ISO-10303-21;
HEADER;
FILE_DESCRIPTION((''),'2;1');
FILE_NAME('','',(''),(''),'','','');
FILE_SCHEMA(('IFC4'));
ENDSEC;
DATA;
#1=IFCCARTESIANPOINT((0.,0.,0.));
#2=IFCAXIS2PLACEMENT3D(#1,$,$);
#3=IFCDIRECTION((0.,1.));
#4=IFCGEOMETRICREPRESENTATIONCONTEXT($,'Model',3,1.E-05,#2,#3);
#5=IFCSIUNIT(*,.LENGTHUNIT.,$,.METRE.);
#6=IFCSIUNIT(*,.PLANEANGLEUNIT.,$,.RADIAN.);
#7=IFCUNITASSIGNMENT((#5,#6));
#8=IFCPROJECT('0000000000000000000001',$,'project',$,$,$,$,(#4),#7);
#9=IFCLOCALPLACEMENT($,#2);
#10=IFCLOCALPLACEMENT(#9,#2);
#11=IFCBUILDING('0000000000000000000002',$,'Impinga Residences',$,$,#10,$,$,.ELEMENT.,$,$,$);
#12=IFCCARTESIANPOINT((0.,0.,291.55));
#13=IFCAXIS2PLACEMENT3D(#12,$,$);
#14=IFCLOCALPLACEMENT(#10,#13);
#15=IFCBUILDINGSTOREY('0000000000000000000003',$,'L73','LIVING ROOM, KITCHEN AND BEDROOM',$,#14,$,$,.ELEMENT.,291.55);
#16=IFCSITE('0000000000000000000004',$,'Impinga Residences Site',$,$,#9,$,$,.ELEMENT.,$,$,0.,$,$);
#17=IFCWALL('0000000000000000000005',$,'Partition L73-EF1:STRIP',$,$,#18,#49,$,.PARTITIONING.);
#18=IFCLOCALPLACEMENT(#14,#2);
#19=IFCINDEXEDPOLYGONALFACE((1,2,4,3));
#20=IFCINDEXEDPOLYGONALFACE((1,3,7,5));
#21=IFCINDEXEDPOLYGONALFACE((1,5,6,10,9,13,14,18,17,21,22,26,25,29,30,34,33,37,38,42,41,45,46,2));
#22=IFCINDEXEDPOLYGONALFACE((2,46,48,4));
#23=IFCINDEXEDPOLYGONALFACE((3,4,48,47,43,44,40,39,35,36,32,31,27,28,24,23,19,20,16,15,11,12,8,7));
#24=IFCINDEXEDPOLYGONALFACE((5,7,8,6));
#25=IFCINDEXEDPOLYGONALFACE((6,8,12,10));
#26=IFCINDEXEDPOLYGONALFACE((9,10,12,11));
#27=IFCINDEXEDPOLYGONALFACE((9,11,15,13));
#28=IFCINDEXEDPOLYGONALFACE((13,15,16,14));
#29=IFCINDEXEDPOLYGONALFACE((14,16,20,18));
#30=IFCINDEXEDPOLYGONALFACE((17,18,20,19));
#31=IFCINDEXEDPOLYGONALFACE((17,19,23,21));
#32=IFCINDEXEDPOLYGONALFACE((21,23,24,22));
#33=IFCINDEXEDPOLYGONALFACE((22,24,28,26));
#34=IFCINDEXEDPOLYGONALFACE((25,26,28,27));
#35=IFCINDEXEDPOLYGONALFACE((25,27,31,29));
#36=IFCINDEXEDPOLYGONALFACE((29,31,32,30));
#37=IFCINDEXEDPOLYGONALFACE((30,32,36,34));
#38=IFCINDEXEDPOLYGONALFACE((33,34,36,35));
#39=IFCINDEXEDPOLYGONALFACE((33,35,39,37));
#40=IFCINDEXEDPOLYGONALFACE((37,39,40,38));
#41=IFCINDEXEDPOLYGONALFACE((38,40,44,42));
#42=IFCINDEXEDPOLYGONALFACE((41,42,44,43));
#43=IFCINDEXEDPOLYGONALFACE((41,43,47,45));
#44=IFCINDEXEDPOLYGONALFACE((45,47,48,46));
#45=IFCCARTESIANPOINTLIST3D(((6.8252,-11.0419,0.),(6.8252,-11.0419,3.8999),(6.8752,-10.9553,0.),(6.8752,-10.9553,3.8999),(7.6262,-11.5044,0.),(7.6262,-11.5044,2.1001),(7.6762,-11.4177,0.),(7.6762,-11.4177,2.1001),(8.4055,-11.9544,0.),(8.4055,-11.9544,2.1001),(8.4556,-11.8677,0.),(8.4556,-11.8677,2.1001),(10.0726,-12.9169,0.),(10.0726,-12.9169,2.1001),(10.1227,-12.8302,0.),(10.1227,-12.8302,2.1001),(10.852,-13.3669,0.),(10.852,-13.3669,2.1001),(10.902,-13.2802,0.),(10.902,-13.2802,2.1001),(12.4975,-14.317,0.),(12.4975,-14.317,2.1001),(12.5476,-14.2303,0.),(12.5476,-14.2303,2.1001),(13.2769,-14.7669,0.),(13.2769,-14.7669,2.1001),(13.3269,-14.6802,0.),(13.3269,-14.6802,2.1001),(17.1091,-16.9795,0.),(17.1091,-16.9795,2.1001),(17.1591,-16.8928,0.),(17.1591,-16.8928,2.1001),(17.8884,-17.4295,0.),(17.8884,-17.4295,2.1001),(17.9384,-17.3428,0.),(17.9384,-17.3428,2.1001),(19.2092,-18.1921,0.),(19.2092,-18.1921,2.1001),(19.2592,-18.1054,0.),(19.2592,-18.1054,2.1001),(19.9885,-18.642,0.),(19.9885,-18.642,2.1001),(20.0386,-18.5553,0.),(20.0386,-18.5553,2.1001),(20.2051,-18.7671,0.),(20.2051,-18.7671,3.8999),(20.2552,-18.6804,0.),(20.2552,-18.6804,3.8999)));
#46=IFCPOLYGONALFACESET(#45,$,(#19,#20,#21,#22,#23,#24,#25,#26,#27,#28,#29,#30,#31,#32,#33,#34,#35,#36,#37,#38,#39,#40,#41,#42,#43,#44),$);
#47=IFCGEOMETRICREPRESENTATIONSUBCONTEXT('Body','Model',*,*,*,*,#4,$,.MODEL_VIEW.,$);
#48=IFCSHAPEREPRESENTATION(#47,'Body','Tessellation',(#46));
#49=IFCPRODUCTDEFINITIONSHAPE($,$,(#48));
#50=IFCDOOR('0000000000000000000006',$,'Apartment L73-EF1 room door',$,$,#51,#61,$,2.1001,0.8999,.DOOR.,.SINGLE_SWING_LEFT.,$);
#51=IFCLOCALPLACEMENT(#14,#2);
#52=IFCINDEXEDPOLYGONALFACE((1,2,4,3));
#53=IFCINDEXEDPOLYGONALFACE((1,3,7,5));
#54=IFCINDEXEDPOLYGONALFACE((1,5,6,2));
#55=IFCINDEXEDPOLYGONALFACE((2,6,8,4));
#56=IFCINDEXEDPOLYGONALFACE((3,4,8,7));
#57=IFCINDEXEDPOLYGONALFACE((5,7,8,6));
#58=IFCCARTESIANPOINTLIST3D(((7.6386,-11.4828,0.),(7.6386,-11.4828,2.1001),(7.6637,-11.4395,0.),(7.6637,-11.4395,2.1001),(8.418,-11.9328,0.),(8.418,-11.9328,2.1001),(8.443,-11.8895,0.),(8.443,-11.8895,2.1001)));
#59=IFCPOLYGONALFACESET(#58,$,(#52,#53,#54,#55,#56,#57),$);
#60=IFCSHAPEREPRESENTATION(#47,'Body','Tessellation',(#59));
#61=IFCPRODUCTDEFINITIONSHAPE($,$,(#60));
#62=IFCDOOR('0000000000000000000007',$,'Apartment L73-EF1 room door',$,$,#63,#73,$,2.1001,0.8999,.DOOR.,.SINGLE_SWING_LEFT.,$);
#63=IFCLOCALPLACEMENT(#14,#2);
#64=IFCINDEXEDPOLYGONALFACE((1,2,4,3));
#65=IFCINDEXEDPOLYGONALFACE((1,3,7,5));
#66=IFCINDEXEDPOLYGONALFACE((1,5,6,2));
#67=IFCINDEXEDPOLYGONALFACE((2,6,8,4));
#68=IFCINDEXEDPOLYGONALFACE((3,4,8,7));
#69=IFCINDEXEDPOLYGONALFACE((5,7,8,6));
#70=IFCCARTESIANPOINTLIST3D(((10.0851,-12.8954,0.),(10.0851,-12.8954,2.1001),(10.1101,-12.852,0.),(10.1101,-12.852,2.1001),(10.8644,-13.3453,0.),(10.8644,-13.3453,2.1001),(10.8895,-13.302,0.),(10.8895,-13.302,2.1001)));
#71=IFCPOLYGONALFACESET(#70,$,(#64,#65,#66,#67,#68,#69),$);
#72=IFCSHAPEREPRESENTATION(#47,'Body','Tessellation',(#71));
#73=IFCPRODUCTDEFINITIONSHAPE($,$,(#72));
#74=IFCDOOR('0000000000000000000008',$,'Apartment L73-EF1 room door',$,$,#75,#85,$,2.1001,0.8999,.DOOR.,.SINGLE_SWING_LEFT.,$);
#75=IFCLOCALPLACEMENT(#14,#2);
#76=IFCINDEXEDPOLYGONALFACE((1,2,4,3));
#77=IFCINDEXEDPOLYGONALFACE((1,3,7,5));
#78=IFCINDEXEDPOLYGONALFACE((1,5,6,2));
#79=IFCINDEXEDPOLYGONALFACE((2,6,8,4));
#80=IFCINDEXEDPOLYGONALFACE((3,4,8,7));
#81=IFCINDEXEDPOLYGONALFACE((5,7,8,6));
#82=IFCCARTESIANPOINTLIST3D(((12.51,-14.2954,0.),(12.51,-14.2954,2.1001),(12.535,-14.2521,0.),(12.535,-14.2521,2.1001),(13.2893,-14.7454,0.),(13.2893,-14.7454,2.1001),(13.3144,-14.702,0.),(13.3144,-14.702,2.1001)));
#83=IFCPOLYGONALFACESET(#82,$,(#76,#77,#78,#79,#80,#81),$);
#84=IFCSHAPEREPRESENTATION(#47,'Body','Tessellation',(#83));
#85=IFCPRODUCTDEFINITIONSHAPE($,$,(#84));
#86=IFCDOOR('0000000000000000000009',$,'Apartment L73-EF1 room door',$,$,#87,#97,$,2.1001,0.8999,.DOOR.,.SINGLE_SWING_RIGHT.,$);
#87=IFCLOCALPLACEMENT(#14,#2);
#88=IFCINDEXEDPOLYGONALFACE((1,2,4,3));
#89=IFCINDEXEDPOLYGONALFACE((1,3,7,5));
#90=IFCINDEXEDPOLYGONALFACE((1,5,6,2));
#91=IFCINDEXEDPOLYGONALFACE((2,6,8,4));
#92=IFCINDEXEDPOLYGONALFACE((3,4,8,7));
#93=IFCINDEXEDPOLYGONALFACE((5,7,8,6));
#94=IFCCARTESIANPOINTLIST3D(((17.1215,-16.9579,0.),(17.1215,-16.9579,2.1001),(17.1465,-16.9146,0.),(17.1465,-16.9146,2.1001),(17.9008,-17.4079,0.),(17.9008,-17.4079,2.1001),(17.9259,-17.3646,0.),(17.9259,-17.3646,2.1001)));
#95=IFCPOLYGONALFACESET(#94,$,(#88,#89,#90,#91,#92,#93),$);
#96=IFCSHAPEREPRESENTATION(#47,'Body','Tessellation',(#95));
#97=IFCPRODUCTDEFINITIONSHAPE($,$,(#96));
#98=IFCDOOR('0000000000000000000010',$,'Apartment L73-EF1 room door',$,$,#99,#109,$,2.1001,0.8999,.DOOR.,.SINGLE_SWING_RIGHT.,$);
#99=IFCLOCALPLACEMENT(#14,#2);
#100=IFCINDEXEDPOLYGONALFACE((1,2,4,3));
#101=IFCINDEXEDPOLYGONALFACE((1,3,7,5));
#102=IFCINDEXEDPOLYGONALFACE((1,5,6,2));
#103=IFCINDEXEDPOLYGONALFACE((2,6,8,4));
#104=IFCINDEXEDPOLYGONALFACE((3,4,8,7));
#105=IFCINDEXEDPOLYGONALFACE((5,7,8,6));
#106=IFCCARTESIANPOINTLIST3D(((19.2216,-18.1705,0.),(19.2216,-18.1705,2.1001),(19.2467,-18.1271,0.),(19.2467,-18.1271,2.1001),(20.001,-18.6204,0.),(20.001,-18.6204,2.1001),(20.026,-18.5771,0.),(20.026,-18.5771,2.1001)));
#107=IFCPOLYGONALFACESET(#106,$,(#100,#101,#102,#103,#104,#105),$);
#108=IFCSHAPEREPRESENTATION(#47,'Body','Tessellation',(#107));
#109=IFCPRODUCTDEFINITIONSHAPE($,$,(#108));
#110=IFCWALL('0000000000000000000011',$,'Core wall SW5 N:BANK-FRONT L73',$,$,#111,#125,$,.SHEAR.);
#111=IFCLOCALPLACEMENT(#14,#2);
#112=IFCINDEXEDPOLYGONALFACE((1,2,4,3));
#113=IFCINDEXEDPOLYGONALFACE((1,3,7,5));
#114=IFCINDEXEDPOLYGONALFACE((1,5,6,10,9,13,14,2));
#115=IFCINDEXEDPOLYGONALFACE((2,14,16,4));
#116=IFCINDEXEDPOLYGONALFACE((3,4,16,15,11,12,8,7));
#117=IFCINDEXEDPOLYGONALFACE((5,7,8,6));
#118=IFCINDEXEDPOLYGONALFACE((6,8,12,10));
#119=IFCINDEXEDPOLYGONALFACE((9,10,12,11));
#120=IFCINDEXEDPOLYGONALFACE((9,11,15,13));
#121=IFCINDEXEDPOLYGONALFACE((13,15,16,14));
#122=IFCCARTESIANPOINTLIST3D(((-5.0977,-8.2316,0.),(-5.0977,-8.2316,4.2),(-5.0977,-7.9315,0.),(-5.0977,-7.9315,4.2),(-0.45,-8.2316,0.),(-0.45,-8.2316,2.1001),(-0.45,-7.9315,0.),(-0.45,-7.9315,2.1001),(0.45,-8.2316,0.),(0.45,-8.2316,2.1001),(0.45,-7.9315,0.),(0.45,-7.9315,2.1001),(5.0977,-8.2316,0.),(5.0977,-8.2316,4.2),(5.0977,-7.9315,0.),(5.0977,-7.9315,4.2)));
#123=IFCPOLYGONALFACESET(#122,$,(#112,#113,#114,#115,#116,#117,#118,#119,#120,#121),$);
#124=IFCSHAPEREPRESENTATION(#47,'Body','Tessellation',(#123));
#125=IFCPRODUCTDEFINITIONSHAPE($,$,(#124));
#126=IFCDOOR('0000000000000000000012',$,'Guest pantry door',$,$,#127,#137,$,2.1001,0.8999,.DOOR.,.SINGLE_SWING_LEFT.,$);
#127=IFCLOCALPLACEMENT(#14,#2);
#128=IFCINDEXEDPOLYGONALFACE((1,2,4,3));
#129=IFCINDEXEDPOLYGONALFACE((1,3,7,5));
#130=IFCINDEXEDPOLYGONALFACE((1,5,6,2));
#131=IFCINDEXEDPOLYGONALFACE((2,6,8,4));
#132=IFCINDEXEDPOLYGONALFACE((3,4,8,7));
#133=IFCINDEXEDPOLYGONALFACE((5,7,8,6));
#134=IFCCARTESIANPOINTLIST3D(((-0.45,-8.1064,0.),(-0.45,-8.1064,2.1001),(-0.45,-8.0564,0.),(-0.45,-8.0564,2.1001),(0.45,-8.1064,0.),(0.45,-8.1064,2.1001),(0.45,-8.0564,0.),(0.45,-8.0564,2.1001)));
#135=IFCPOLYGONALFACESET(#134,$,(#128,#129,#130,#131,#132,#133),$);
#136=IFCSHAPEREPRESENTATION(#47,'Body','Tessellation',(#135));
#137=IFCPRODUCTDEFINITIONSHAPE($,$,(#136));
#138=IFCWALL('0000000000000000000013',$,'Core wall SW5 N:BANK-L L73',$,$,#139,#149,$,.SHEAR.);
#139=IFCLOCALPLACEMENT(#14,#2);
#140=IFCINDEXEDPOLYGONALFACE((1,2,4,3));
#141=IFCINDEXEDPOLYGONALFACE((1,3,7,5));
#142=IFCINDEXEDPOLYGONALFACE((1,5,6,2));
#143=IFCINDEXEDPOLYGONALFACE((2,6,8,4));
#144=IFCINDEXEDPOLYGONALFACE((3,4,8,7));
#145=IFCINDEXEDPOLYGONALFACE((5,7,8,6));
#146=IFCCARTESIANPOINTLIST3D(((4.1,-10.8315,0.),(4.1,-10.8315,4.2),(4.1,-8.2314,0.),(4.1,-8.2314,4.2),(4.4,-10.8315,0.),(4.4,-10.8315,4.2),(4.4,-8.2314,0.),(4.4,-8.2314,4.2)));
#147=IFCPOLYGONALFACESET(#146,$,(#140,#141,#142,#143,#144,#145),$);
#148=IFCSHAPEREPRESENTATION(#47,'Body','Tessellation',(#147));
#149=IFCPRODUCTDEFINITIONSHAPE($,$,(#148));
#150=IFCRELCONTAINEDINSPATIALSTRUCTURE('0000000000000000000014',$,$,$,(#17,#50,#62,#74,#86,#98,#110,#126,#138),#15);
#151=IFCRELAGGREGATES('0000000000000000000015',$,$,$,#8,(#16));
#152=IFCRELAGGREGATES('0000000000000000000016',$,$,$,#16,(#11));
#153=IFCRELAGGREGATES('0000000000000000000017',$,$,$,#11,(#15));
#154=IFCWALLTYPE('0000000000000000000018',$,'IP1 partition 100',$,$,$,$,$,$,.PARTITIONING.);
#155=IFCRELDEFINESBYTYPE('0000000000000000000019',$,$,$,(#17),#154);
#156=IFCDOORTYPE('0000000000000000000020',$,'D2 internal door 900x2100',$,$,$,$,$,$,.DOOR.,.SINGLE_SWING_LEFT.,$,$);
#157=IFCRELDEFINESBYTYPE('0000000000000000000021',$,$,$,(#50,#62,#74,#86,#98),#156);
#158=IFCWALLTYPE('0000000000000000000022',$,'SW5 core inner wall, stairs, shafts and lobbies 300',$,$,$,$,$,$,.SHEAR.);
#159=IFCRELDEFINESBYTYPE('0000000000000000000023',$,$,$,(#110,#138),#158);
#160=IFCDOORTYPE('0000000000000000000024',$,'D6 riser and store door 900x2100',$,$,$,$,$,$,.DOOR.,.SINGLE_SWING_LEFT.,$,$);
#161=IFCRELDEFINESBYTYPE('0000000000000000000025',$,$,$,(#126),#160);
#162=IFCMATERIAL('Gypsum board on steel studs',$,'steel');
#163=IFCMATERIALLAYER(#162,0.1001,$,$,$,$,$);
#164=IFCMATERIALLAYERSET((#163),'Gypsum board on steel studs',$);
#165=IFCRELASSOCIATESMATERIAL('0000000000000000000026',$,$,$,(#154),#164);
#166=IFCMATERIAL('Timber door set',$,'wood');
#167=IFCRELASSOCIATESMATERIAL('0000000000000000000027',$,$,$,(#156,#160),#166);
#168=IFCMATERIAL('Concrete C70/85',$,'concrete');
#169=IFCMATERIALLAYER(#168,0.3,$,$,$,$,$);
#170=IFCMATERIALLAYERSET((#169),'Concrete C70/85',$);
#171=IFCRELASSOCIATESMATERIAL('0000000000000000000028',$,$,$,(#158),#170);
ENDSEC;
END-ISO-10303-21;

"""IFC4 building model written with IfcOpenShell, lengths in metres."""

from ifc_helpers import new_model, si_unit, direction, frame, frame_2d, origin, place, context, subcontext, project, spatial, rectangle, extrude, material, layer, layer_set, type_object, element, fill, save


model = new_model("IFC4")

# Units and contexts
model_context = context("Model", 3, precision=1e-05, world=origin(), true_north=direction((0.0, 1.0)))
body_context = subcontext(model_context, "Body", "Model", "MODEL_VIEW")
ifc_project = project(units=[si_unit("LENGTHUNIT", "METRE"), si_unit("PLANEANGLEUNIT", "RADIAN")], contexts=[model_context])

# Site, building, storey
site_placement = place(None, origin())
site = spatial("IfcSite", under=ifc_project, at=site_placement, Name="Impinga Residences Site", CompositionType="ELEMENT", RefElevation=0.0)
building_placement = place(site_placement, origin())
building = spatial("IfcBuilding", under=site, at=building_placement, Name="Impinga Residences", CompositionType="ELEMENT")
storey_placement = place(building_placement, frame((0.0, 0.0, 291.55)))
storey = spatial("IfcBuildingStorey", under=building, at=storey_placement, Name="L73", Description="LIVING ROOM, KITCHEN AND BEDROOM", CompositionType="ELEMENT", Elevation=291.55)

# Shared definitions
ifc_material_1 = material(Name="Gypsum board on steel studs", Category="steel")
ifc_layer_1 = layer(ifc_material_1, 0.1001)
ifc_layer_set_1 = layer_set([ifc_layer_1], Name="Gypsum board on steel studs")
wall_type_1 = type_object("IfcWallType", Name="IP1 partition 100", PredefinedType="PARTITIONING", material=ifc_layer_set_1)

# Wall, openings, doors
wall_1_placement = place(storey_placement, frame((6.8501, -10.9985, 0.0), z_axis=(0.0, 0.0, 1.0), x_axis=(0.866019, -0.500011, 0.0)))
wall_1 = element("IfcWall", 1, at=wall_1_placement, inside=storey, type_object=wall_type_1, Name="Partition L73-EF1:STRIP", PredefinedType="PARTITIONING", context=body_context, shape_type="SweptSolid", body=[
    extrude(rectangle(XDim=15.45, YDim=0.1001, at=frame_2d((7.7251, 0.0))), origin(), (0.0, 0.0, 1.0), 3.8999),
])
opening_1_placement = place(wall_1_placement, frame((0.925, 0.0, 0.0)))
opening_1 = element("IfcOpeningElement", 2, at=opening_1_placement, cuts=wall_1, PredefinedType="OPENING", context=body_context, shape_type="SweptSolid", body=[
    extrude(rectangle(XDim=0.8999, YDim=2.1001, at=frame_2d((0.45, 1.05))), frame((0.0, 0.0601, 0.0), z_axis=(0.0, -1.0, 0.0), x_axis=(1.0, 0.0, 0.0)), (0.0, 0.0, 1.0), 0.1201),
])
opening_2_placement = place(wall_1_placement, frame((3.75, 0.0, 0.0)))
opening_2 = element("IfcOpeningElement", 3, at=opening_2_placement, cuts=wall_1, PredefinedType="OPENING", context=body_context, shape_type="SweptSolid", body=[
    extrude(rectangle(XDim=0.8999, YDim=2.1001, at=frame_2d((0.45, 1.05))), frame((0.0, 0.0601, 0.0), z_axis=(0.0, -1.0, 0.0), x_axis=(1.0, 0.0, 0.0)), (0.0, 0.0, 1.0), 0.1201),
])
opening_3_placement = place(wall_1_placement, frame((6.55, 0.0, 0.0)))
opening_3 = element("IfcOpeningElement", 4, at=opening_3_placement, cuts=wall_1, PredefinedType="OPENING", context=body_context, shape_type="SweptSolid", body=[
    extrude(rectangle(XDim=0.8999, YDim=2.1001, at=frame_2d((0.45, 1.05))), frame((0.0, 0.0601, 0.0), z_axis=(0.0, -1.0, 0.0), x_axis=(1.0, 0.0, 0.0)), (0.0, 0.0, 1.0), 0.1201),
])
opening_4_placement = place(wall_1_placement, frame((11.875, 0.0, 0.0)))
opening_4 = element("IfcOpeningElement", 5, at=opening_4_placement, cuts=wall_1, PredefinedType="OPENING", context=body_context, shape_type="SweptSolid", body=[
    extrude(rectangle(XDim=0.8999, YDim=2.1001, at=frame_2d((0.45, 1.05))), frame((0.0, 0.0601, 0.0), z_axis=(0.0, -1.0, 0.0), x_axis=(1.0, 0.0, 0.0)), (0.0, 0.0, 1.0), 0.1201),
])
opening_5_placement = place(wall_1_placement, frame((14.3, 0.0, 0.0)))
opening_5 = element("IfcOpeningElement", 6, at=opening_5_placement, cuts=wall_1, PredefinedType="OPENING", context=body_context, shape_type="SweptSolid", body=[
    extrude(rectangle(XDim=0.8999, YDim=2.1001, at=frame_2d((0.45, 1.05))), frame((0.0, 0.0601, 0.0), z_axis=(0.0, -1.0, 0.0), x_axis=(1.0, 0.0, 0.0)), (0.0, 0.0, 1.0), 0.1201),
])
ifc_material_2 = material(Name="Timber door set", Category="wood")
door_type_1 = type_object("IfcDoorType", Name="D2 internal door 900x2100", OperationType="SINGLE_SWING_LEFT", PredefinedType="DOOR", material=ifc_material_2)
door_1_placement = place(opening_1_placement, origin())
door_1 = element("IfcDoor", 7, at=door_1_placement, inside=storey, type_object=door_type_1, Name="Apartment L73-EF1 room door", OperationType="SINGLE_SWING_LEFT", OverallHeight=2.1001, OverallWidth=0.8999, PredefinedType="DOOR", context=body_context, shape_type="SweptSolid", body=[
    extrude(rectangle(XDim=0.8999, YDim=2.1001, at=frame_2d((0.45, 1.05))), frame((0.0, 0.0249, 0.0), z_axis=(0.0, -1.0, 0.0), x_axis=(1.0, 0.0, 0.0)), (0.0, 0.0, 1.0), 0.05),
])
fill(opening_1, door_1)
door_2_placement = place(opening_2_placement, origin())
door_2 = element("IfcDoor", 8, at=door_2_placement, inside=storey, type_object=door_type_1, Name="Apartment L73-EF1 room door", OperationType="SINGLE_SWING_LEFT", OverallHeight=2.1001, OverallWidth=0.8999, PredefinedType="DOOR", context=body_context, shape_type="SweptSolid", body=[
    extrude(rectangle(XDim=0.8999, YDim=2.1001, at=frame_2d((0.45, 1.05))), frame((0.0, 0.0249, 0.0), z_axis=(0.0, -1.0, 0.0), x_axis=(1.0, 0.0, 0.0)), (0.0, 0.0, 1.0), 0.05),
])
fill(opening_2, door_2)
door_3_placement = place(opening_3_placement, origin())
door_3 = element("IfcDoor", 9, at=door_3_placement, inside=storey, type_object=door_type_1, Name="Apartment L73-EF1 room door", OperationType="SINGLE_SWING_LEFT", OverallHeight=2.1001, OverallWidth=0.8999, PredefinedType="DOOR", context=body_context, shape_type="SweptSolid", body=[
    extrude(rectangle(XDim=0.8999, YDim=2.1001, at=frame_2d((0.45, 1.05))), frame((0.0, 0.0249, 0.0), z_axis=(0.0, -1.0, 0.0), x_axis=(1.0, 0.0, 0.0)), (0.0, 0.0, 1.0), 0.05),
])
fill(opening_3, door_3)
door_4_placement = place(opening_4_placement, origin())
door_4 = element("IfcDoor", 10, at=door_4_placement, inside=storey, type_object=door_type_1, Name="Apartment L73-EF1 room door", OperationType="SINGLE_SWING_RIGHT", OverallHeight=2.1001, OverallWidth=0.8999, PredefinedType="DOOR", context=body_context, shape_type="SweptSolid", body=[
    extrude(rectangle(XDim=0.8999, YDim=2.1001, at=frame_2d((0.45, 1.05))), frame((0.0, 0.0249, 0.0), z_axis=(0.0, -1.0, 0.0), x_axis=(1.0, 0.0, 0.0)), (0.0, 0.0, 1.0), 0.05),
])
fill(opening_4, door_4)
door_5_placement = place(opening_5_placement, origin())
door_5 = element("IfcDoor", 11, at=door_5_placement, inside=storey, type_object=door_type_1, Name="Apartment L73-EF1 room door", OperationType="SINGLE_SWING_RIGHT", OverallHeight=2.1001, OverallWidth=0.8999, PredefinedType="DOOR", context=body_context, shape_type="SweptSolid", body=[
    extrude(rectangle(XDim=0.8999, YDim=2.1001, at=frame_2d((0.45, 1.05))), frame((0.0, 0.0249, 0.0), z_axis=(0.0, -1.0, 0.0), x_axis=(1.0, 0.0, 0.0)), (0.0, 0.0, 1.0), 0.05),
])
fill(opening_5, door_5)

# Wall, opening, door
ifc_material_3 = material(Name="Concrete C70/85", Category="concrete")
ifc_layer_2 = layer(ifc_material_3, 0.3)
ifc_layer_set_2 = layer_set([ifc_layer_2], Name="Concrete C70/85")
wall_type_2 = type_object("IfcWallType", Name="SW5 core inner wall, stairs, shafts and lobbies 300", PredefinedType="SHEAR", material=ifc_layer_set_2)
wall_2_placement = place(storey_placement, frame((5.0977, -8.0815, 0.0), z_axis=(0.0, 0.0, 1.0), x_axis=(-1.0, 0.0, 0.0)))
wall_2 = element("IfcWall", 12, at=wall_2_placement, inside=storey, type_object=wall_type_2, Name="Core wall SW5 N:BANK-FRONT L73", PredefinedType="SHEAR", context=body_context, shape_type="SweptSolid", body=[
    extrude(rectangle(XDim=10.1953, YDim=0.3, at=frame_2d((5.0977, 0.0))), origin(), (0.0, 0.0, 1.0), 4.2),
])
opening_6_placement = place(wall_2_placement, frame((4.6477, 0.0, 0.0)))
opening_6 = element("IfcOpeningElement", 13, at=opening_6_placement, cuts=wall_2, PredefinedType="OPENING", context=body_context, shape_type="SweptSolid", body=[
    extrude(rectangle(XDim=0.8999, YDim=2.1001, at=frame_2d((0.45, 1.05))), frame((0.0, 0.1599, 0.0), z_axis=(0.0, -1.0, 0.0), x_axis=(1.0, 0.0, 0.0)), (0.0, 0.0, 1.0), 0.3201),
])
door_type_2 = type_object("IfcDoorType", Name="D6 riser and store door 900x2100", OperationType="SINGLE_SWING_LEFT", PredefinedType="DOOR", material=ifc_material_2)
door_6_placement = place(opening_6_placement, origin())
door_6 = element("IfcDoor", 14, at=door_6_placement, inside=storey, type_object=door_type_2, Name="Guest pantry door", OperationType="SINGLE_SWING_LEFT", OverallHeight=2.1001, OverallWidth=0.8999, PredefinedType="DOOR", context=body_context, shape_type="SweptSolid", body=[
    extrude(rectangle(XDim=0.8999, YDim=2.1001, at=frame_2d((0.45, 1.05))), frame((0.0, 0.0249, 0.0), z_axis=(0.0, -1.0, 0.0), x_axis=(1.0, 0.0, 0.0)), (0.0, 0.0, 1.0), 0.05),
])
fill(opening_6, door_6)

# Wall
wall_3_placement = place(storey_placement, frame((4.25, -8.2314, 0.0), z_axis=(0.0, 0.0, 1.0), x_axis=(0.0, -1.0, 0.0)))
element("IfcWall", 15, at=wall_3_placement, inside=storey, type_object=wall_type_2, Name="Core wall SW5 N:BANK-L L73", PredefinedType="SHEAR", context=body_context, shape_type="SweptSolid", body=[
    extrude(rectangle(XDim=2.6001, YDim=0.3, at=frame_2d((1.3, 0.0))), origin(), (0.0, 0.0, 1.0), 4.2),
])

save(model, "model.ifc")
